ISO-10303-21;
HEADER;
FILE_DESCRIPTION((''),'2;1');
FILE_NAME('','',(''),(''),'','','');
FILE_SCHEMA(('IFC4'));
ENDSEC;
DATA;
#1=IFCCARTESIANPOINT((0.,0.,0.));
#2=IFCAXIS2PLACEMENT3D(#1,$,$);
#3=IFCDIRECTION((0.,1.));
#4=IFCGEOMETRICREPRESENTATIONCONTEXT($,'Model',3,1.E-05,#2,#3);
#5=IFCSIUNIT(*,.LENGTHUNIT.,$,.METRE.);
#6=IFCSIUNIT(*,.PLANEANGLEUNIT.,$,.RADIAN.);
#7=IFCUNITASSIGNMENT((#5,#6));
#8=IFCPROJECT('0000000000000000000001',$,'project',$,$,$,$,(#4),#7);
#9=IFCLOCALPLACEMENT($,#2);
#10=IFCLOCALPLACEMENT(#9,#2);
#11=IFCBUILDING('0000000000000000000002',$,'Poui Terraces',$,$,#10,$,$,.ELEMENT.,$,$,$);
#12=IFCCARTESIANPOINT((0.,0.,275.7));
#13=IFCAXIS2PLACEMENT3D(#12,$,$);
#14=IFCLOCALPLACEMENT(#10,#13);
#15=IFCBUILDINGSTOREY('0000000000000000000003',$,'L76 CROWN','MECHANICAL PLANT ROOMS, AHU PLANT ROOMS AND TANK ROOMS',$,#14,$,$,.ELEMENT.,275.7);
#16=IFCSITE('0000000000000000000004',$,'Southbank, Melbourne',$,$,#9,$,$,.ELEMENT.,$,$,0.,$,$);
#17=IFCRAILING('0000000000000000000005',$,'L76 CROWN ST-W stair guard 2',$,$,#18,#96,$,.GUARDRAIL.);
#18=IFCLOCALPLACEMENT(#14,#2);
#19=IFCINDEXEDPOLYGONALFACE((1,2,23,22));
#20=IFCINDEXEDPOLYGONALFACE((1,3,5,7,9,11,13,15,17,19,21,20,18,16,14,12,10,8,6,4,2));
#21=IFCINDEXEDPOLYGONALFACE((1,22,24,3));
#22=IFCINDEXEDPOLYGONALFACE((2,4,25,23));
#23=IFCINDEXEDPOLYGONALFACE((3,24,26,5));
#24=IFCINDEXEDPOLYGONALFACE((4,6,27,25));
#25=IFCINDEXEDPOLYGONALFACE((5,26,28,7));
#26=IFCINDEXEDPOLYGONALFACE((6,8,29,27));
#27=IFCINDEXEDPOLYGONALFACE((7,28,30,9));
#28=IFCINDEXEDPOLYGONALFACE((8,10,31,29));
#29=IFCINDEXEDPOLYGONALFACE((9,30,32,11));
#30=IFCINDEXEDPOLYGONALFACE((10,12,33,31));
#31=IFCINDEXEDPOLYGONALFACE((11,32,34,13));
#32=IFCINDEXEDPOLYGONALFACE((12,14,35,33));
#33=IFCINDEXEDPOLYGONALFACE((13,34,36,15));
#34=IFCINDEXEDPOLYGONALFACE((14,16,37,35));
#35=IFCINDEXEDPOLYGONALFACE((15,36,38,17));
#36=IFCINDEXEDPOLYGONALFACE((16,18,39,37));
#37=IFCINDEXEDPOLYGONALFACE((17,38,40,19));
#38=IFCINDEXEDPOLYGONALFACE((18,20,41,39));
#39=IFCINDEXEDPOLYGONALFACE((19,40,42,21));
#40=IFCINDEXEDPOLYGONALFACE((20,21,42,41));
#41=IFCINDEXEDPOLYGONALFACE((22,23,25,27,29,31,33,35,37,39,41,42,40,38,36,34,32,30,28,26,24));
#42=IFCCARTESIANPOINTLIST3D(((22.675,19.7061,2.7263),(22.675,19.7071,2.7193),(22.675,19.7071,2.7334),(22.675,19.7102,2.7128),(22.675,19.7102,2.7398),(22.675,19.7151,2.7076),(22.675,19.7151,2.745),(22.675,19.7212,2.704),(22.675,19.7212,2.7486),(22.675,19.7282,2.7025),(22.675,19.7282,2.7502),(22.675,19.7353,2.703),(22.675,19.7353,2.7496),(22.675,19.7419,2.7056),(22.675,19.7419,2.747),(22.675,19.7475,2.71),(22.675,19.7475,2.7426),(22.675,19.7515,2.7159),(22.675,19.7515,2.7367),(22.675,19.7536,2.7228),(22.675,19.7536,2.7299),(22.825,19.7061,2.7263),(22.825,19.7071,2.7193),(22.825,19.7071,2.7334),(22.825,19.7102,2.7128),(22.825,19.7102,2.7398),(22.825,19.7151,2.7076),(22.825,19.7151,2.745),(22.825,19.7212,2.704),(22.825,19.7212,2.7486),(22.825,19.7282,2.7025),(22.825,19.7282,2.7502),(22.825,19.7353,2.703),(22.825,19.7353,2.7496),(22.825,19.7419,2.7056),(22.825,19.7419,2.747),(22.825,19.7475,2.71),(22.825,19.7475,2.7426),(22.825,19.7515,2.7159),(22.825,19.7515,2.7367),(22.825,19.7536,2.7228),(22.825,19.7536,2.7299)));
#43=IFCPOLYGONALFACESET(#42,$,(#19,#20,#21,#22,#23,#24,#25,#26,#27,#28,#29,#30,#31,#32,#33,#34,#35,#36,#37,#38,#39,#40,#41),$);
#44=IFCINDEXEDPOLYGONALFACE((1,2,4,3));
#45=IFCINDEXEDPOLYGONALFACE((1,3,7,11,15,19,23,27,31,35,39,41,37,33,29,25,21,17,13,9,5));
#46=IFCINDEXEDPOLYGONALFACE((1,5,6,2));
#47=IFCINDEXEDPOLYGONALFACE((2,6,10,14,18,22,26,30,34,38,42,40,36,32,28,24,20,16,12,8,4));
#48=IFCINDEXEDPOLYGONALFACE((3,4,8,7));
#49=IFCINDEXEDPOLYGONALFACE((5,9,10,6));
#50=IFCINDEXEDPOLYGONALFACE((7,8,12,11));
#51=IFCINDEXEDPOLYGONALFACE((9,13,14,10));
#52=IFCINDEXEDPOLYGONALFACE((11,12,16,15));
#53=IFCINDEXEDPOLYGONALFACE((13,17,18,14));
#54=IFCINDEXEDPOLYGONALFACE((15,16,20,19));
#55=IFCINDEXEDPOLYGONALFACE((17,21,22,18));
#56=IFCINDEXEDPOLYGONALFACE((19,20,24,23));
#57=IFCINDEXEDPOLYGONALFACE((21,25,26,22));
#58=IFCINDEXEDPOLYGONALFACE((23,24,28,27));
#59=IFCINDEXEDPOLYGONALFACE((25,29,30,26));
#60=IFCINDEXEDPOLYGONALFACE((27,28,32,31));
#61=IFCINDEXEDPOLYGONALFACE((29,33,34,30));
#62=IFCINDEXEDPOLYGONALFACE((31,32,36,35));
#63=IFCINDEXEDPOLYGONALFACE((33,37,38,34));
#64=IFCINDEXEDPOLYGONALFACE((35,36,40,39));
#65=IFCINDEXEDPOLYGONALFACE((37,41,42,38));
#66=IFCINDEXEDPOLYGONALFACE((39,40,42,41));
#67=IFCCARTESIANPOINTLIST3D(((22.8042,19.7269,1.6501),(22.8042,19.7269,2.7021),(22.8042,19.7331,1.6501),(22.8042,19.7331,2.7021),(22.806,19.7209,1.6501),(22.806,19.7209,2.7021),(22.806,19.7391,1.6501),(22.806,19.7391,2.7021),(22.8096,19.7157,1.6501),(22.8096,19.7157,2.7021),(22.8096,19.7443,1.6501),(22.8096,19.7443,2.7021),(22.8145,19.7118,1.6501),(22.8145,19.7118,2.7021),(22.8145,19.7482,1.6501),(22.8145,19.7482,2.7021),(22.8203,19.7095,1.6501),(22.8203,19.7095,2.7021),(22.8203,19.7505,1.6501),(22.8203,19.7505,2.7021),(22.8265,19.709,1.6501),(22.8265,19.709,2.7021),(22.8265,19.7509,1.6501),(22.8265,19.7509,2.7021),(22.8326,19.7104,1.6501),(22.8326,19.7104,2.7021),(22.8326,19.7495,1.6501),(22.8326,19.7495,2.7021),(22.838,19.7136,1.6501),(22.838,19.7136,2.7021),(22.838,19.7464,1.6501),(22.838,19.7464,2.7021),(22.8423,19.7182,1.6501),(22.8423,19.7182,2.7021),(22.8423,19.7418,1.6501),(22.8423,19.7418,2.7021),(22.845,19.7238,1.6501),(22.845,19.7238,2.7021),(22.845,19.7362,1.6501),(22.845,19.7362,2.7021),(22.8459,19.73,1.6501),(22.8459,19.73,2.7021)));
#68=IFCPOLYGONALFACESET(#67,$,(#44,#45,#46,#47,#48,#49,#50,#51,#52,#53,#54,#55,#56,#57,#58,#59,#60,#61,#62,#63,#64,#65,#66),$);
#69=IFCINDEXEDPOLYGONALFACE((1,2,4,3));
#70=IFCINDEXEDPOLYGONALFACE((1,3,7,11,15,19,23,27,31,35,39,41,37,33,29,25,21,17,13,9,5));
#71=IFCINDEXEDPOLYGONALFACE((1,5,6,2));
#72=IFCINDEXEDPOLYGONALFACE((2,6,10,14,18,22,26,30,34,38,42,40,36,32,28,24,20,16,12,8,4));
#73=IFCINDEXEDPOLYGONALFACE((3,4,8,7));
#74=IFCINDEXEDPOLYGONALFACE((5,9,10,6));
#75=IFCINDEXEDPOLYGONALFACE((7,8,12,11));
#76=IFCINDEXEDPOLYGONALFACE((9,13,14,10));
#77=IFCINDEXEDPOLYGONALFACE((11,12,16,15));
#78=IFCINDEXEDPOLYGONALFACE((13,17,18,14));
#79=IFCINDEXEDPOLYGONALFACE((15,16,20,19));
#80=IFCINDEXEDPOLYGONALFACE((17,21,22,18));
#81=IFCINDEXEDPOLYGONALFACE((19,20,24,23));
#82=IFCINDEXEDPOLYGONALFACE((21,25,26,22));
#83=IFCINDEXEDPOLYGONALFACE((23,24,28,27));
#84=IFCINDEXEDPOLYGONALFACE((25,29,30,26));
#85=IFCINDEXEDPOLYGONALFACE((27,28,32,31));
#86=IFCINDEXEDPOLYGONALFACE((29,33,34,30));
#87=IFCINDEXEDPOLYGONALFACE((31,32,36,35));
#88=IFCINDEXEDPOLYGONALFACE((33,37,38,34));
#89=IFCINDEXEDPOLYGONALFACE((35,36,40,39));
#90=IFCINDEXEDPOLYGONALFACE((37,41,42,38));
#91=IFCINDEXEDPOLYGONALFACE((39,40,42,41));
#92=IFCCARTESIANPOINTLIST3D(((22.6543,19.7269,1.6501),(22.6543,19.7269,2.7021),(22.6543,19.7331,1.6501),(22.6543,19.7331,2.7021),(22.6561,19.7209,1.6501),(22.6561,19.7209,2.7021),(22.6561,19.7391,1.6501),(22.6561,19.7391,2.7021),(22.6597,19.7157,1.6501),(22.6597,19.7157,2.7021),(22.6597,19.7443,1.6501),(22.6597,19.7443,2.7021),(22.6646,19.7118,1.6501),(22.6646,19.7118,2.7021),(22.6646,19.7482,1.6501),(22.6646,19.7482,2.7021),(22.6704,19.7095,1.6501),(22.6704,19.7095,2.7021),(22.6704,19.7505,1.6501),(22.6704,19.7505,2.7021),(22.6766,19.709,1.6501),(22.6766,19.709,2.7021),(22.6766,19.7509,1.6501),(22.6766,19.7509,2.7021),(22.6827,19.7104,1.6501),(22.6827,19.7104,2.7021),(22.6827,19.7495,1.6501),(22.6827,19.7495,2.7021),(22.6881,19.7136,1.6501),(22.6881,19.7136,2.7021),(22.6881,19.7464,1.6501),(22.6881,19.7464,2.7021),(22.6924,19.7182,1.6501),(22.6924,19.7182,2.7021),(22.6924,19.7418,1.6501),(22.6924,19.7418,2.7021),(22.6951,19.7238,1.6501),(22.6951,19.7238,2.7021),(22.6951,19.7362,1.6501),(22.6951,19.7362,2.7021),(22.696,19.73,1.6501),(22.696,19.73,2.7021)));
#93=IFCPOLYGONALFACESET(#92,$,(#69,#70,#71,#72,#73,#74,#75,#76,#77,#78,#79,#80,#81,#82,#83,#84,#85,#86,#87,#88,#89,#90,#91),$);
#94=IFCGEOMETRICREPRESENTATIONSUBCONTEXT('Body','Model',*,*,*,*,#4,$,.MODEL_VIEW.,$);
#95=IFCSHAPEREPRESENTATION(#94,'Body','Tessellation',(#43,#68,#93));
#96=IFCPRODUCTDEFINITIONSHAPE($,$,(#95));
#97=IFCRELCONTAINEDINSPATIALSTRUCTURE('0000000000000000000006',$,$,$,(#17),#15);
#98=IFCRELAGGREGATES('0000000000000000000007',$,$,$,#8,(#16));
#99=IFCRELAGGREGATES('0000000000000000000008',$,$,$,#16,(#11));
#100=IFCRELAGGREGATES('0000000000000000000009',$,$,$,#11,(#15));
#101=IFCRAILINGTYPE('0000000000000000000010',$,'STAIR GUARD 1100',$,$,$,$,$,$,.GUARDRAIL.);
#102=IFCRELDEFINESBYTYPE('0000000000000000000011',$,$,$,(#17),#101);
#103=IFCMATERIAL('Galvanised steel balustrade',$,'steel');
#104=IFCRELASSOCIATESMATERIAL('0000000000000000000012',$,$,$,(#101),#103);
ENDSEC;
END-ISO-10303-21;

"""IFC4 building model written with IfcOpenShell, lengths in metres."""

from ifc_helpers import new_model, si_unit, direction, frame, origin, origin_2d, place, context, subcontext, project, spatial, circle, extrude, material, type_object, element, save


model = new_model("IFC4")

# Units and contexts
model_context = context("Model", 3, precision=1e-05, world=origin(), true_north=direction((0.0, 1.0)))
body_context = subcontext(model_context, "Body", "Model", "MODEL_VIEW")
ifc_project = project(units=[si_unit("LENGTHUNIT", "METRE"), si_unit("PLANEANGLEUNIT", "RADIAN")], contexts=[model_context])

# Site, building, storey
site_placement = place(None, origin())
site = spatial("IfcSite", under=ifc_project, at=site_placement, Name="Southbank, Melbourne", CompositionType="ELEMENT", RefElevation=0.0)
building_placement = place(site_placement, origin())
building = spatial("IfcBuilding", under=site, at=building_placement, Name="Poui Terraces", CompositionType="ELEMENT")
storey_placement = place(building_placement, frame((0.0, 0.0, 275.7)))
storey = spatial("IfcBuildingStorey", under=building, at=storey_placement, Name="L76 CROWN", Description="MECHANICAL PLANT ROOMS, AHU PLANT ROOMS AND TANK ROOMS", CompositionType="ELEMENT", Elevation=275.7)

# Railing
ifc_material_1 = material(Name="Galvanised steel balustrade", Category="steel")
railing_type_1 = type_object("IfcRailingType", Name="STAIR GUARD 1100", PredefinedType="GUARDRAIL", material=ifc_material_1)
railing_1_placement = place(storey_placement, frame((22.825, 19.73, 1.6501)))
element("IfcRailing", 1, at=railing_1_placement, inside=storey, type_object=railing_type_1, Name="L76 CROWN ST-W stair guard 2", PredefinedType="GUARDRAIL", context=body_context, shape_type="SweptSolid", body=[
    extrude(circle(Radius=0.0239, at=origin_2d()), frame((0.0, 0.0, 1.0762), z_axis=(-1.0, 0.0, 0.0), x_axis=(0.0, -1.0, 0.0)), (0.0, 0.0, 1.0), 0.1499),
    extrude(circle(Radius=0.021, at=origin_2d()), origin(), (0.0, 0.0, 1.0), 1.052),
    extrude(circle(Radius=0.021, at=origin_2d()), frame((-0.1499, 0.0, 0.0)), (0.0, 0.0, 1.0), 1.052),
])

save(model, "model.ifc")
